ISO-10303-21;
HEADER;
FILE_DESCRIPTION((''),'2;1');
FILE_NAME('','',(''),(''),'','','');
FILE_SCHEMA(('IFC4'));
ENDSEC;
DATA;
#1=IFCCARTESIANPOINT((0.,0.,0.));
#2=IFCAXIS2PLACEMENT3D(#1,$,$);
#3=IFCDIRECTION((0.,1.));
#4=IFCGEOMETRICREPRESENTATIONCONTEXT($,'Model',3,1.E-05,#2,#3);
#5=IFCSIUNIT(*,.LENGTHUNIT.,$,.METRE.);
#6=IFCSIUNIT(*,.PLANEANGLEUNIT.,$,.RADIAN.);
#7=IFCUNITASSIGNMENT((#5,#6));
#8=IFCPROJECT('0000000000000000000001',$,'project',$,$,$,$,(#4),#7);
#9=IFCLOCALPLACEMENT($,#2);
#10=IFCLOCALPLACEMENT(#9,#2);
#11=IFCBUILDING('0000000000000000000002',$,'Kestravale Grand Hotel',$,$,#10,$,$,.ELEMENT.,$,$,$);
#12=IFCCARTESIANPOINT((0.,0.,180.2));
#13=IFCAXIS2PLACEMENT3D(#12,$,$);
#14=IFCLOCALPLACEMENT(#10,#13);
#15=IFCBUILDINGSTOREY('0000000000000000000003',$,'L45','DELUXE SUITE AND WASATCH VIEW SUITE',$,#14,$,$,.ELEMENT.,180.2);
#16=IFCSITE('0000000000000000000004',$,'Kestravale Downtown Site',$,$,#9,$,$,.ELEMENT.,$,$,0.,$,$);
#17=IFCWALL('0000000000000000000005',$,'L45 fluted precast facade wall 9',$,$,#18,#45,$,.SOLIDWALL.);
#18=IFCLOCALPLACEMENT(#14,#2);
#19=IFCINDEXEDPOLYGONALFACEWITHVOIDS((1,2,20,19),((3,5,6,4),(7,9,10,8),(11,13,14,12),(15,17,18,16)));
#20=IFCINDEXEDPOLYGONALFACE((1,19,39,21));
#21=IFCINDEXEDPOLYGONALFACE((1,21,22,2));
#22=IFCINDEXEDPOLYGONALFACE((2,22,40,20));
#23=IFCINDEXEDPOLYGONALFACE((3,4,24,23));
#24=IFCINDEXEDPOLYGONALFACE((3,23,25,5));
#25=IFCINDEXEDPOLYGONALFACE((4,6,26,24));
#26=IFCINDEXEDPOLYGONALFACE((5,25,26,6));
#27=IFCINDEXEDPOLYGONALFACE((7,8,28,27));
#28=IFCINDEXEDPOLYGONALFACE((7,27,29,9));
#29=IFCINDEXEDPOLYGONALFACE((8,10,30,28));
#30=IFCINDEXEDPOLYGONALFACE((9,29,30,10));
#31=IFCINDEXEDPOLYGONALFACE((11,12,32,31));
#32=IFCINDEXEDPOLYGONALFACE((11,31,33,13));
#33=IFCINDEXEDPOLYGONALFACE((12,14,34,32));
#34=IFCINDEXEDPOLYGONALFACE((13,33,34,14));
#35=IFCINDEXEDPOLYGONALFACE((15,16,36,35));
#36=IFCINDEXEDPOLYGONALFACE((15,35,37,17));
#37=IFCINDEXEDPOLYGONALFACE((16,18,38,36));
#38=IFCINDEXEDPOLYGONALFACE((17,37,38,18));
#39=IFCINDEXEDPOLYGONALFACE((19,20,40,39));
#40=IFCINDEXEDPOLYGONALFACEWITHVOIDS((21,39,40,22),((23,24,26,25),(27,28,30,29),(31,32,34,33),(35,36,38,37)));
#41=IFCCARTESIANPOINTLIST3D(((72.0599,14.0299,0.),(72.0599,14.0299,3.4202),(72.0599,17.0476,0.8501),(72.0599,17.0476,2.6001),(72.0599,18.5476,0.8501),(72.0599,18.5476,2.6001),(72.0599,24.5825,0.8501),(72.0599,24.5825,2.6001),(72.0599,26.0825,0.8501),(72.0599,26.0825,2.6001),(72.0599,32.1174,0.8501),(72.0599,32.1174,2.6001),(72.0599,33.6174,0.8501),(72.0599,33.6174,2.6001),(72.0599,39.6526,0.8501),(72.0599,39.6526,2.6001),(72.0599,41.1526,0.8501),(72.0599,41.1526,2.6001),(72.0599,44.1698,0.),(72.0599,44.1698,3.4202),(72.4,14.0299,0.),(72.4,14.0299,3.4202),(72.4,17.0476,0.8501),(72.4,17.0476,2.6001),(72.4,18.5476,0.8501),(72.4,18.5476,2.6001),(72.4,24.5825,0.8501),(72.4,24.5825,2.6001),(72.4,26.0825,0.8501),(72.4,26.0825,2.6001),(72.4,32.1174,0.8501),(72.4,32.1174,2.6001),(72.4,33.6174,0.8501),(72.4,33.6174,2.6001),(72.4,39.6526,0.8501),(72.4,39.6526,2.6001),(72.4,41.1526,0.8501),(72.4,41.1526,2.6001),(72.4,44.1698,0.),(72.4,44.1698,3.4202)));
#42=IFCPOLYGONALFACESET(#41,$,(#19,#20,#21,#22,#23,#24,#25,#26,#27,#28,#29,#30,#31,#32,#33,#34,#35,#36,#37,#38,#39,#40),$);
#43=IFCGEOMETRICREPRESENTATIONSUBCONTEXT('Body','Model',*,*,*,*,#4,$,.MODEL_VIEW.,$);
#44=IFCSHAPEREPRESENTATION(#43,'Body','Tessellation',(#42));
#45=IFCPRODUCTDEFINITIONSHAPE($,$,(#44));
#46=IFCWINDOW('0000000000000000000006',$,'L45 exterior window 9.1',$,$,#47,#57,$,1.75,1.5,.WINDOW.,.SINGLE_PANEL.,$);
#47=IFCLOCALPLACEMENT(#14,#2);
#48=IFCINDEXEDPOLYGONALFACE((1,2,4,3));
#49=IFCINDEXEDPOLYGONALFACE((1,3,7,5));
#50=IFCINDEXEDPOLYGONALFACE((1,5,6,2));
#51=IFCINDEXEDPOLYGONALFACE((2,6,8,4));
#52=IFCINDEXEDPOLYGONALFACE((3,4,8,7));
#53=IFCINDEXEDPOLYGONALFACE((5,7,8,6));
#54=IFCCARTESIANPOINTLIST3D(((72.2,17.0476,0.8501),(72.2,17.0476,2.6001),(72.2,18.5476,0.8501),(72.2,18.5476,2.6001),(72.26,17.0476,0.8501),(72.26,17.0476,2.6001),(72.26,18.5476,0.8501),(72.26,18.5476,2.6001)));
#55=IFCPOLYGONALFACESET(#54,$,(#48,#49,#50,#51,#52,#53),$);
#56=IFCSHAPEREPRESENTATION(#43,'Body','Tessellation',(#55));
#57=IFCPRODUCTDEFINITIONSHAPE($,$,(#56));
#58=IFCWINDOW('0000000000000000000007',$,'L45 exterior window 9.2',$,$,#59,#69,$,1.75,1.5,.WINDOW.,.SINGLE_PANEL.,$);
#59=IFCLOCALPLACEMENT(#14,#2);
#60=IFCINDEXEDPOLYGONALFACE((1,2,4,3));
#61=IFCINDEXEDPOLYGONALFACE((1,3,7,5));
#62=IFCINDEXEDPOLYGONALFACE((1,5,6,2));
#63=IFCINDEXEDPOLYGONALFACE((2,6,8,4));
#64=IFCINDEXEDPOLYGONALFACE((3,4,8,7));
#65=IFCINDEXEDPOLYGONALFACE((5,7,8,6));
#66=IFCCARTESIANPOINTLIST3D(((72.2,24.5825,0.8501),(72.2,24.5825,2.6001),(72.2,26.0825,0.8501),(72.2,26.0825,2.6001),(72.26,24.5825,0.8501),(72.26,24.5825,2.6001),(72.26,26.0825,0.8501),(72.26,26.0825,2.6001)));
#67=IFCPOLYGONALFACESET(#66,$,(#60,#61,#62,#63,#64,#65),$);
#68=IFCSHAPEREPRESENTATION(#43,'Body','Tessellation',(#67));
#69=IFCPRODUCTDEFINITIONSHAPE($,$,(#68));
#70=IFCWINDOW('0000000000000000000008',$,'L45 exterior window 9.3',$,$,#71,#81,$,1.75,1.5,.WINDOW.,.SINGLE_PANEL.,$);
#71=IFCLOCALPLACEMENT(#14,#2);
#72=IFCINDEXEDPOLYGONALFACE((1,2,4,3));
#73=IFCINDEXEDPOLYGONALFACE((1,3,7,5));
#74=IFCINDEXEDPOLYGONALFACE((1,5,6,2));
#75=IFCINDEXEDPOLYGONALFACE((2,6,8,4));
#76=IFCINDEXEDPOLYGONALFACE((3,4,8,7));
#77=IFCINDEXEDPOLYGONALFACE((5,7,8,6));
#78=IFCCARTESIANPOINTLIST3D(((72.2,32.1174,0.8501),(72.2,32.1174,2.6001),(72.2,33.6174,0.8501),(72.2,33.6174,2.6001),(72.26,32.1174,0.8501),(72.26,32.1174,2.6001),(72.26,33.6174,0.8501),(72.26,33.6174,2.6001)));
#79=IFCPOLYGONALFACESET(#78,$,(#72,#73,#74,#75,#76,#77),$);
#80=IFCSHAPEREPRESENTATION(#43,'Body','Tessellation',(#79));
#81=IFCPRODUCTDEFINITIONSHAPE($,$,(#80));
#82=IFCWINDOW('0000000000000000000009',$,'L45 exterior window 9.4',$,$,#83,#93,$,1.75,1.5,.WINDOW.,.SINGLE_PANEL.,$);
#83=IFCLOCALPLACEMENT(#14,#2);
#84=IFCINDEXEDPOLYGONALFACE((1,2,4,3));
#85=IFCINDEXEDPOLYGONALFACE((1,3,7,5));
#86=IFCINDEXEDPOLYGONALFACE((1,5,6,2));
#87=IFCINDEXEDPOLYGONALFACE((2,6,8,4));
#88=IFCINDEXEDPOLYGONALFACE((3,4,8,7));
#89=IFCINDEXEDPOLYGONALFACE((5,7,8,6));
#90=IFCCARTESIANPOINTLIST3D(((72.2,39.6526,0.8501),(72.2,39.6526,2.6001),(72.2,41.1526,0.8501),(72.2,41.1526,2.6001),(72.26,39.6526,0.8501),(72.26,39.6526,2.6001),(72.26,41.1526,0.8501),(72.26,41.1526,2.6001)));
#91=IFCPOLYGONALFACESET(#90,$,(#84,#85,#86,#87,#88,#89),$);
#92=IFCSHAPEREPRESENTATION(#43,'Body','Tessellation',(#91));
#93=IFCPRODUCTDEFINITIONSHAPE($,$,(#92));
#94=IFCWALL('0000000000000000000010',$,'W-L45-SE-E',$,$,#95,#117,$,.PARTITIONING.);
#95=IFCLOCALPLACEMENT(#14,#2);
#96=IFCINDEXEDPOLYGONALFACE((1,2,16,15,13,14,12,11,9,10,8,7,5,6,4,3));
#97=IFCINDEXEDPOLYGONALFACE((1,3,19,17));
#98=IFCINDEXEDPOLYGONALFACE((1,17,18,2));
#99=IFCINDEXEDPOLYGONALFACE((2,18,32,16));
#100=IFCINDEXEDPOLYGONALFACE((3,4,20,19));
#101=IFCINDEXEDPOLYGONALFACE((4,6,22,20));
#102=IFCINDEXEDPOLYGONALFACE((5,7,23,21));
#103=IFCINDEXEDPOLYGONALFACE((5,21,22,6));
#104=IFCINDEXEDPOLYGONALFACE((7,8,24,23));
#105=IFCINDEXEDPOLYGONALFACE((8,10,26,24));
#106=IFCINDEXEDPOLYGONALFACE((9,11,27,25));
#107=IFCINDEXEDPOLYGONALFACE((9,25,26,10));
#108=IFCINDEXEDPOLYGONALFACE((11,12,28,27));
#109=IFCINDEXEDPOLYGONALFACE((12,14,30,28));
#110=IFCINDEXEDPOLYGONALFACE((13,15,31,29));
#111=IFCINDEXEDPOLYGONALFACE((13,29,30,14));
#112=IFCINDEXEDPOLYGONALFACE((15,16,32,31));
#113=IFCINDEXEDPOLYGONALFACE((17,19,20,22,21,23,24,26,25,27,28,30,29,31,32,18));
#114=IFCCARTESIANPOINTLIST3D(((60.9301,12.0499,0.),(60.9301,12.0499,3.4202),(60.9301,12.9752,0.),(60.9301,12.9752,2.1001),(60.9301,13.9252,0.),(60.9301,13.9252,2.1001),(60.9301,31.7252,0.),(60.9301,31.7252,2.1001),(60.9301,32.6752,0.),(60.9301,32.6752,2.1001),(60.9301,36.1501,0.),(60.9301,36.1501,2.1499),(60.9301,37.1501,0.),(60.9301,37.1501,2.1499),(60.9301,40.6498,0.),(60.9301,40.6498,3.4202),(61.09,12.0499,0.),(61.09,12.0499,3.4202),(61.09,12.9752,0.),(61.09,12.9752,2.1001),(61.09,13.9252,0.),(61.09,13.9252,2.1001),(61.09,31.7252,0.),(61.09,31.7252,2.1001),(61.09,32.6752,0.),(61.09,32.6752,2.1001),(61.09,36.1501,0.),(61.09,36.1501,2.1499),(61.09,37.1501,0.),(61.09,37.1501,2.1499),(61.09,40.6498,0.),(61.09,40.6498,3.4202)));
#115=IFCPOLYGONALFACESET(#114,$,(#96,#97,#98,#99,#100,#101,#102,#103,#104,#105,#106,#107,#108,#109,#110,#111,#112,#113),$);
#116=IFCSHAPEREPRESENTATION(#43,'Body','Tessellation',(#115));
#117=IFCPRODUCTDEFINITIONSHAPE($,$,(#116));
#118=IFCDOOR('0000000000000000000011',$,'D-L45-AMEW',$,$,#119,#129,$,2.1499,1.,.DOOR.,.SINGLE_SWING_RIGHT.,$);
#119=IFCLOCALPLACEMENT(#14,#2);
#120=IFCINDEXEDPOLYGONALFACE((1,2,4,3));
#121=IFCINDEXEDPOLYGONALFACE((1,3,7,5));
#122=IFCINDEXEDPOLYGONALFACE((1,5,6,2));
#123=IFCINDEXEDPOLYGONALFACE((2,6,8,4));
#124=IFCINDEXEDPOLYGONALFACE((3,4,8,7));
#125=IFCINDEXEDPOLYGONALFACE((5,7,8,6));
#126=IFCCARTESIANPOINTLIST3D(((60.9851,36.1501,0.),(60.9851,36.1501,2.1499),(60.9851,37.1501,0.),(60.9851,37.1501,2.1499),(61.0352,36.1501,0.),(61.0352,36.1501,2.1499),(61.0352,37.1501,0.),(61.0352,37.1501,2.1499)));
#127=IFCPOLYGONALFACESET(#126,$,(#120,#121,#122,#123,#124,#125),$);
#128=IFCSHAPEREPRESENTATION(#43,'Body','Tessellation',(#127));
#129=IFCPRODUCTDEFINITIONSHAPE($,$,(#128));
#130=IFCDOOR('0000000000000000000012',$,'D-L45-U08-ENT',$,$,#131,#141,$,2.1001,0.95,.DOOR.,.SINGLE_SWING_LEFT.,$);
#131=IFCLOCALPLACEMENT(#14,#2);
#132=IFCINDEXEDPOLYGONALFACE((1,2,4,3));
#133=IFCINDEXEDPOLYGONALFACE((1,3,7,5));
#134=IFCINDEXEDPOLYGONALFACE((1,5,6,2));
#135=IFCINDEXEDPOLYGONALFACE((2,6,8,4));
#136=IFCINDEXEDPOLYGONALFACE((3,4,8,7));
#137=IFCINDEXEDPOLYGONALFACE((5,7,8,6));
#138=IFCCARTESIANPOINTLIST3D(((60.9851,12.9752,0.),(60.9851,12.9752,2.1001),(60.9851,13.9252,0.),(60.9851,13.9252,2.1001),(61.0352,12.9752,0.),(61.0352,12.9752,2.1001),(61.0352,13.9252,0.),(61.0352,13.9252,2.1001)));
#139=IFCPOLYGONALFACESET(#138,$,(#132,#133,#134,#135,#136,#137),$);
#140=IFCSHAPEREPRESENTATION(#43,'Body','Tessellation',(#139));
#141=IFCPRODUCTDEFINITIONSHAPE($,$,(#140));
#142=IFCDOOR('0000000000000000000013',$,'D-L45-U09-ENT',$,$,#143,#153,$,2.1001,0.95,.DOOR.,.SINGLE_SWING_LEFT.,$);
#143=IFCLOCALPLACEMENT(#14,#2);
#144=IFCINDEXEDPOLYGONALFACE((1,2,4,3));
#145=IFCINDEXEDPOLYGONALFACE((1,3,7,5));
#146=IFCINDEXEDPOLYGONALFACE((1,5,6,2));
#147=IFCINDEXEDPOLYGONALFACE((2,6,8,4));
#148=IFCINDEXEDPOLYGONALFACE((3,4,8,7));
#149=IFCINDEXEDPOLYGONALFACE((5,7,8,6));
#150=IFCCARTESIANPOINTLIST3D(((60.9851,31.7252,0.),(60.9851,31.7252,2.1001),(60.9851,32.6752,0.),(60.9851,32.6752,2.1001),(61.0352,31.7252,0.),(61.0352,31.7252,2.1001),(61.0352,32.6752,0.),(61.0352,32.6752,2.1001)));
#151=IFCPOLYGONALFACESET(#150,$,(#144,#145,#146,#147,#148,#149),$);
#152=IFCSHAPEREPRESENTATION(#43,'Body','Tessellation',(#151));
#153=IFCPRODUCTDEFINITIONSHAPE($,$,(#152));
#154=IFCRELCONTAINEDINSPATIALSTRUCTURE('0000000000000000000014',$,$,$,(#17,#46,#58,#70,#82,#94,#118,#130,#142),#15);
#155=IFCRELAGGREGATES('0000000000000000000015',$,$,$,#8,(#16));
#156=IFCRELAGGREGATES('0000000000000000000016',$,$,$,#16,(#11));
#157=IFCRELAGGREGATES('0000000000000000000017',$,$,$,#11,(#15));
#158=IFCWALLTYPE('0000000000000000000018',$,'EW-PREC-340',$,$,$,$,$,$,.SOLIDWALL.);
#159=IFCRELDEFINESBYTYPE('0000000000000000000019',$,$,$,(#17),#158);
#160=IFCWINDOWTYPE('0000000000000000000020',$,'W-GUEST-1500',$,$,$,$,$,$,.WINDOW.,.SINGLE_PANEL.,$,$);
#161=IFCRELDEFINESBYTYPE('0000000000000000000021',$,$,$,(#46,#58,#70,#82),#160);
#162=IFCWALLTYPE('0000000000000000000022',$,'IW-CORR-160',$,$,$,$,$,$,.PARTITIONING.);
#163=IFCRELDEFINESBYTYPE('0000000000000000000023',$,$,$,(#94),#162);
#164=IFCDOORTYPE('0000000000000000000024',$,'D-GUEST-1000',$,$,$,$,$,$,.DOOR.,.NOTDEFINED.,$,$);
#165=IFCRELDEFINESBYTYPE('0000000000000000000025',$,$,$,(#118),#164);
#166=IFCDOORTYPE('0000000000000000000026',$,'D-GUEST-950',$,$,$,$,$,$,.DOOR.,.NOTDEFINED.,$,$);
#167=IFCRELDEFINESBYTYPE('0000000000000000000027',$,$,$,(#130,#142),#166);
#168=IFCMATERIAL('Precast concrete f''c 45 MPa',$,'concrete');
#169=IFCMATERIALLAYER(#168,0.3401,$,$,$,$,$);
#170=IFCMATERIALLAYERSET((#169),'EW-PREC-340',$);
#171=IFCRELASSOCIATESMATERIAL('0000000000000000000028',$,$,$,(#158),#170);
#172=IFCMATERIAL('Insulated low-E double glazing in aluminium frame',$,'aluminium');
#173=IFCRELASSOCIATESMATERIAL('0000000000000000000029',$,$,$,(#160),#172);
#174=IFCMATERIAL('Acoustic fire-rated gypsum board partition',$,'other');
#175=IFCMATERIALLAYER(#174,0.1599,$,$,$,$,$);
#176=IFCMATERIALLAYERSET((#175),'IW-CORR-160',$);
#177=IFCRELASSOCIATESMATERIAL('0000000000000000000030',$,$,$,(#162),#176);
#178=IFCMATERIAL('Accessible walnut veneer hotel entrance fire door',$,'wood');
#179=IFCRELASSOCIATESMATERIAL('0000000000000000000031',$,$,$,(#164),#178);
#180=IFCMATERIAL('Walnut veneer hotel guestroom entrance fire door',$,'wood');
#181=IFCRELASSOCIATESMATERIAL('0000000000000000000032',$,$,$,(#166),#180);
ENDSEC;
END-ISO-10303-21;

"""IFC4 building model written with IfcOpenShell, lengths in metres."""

from ifc_helpers import new_model, si_unit, direction, frame, frame_2d, origin, place, context, subcontext, project, spatial, rectangle, extrude, material, layer, layer_set, type_object, element, fill, save


model = new_model("IFC4")

# Units and contexts
model_context = context("Model", 3, precision=1e-05, world=origin(), true_north=direction((0.0, 1.0)))
body_context = subcontext(model_context, "Body", "Model", "MODEL_VIEW")
ifc_project = project(units=[si_unit("LENGTHUNIT", "METRE"), si_unit("PLANEANGLEUNIT", "RADIAN")], contexts=[model_context])

# Site, building, storey
site_placement = place(None, origin())
site = spatial("IfcSite", under=ifc_project, at=site_placement, Name="Kestravale Downtown Site", CompositionType="ELEMENT", RefElevation=0.0)
building_placement = place(site_placement, origin())
building = spatial("IfcBuilding", under=site, at=building_placement, Name="Kestravale Grand Hotel", CompositionType="ELEMENT")
storey_placement = place(building_placement, frame((0.0, 0.0, 180.2)))
storey = spatial("IfcBuildingStorey", under=building, at=storey_placement, Name="L45", Description="DELUXE SUITE AND WASATCH VIEW SUITE", CompositionType="ELEMENT", Elevation=180.2)

# Shared definitions
ifc_material_1 = material(Name="Precast concrete f'c 45 MPa", Category="concrete")
ifc_layer_1 = layer(ifc_material_1, 0.3401)
ifc_layer_set_1 = layer_set([ifc_layer_1], Name="EW-PREC-340")
wall_type_1 = type_object("IfcWallType", Name="EW-PREC-340", PredefinedType="SOLIDWALL", material=ifc_layer_set_1)
ifc_material_2 = material(Name="Insulated low-E double glazing in aluminium frame", Category="aluminium")
window_type = type_object("IfcWindowType", Name="W-GUEST-1500", PartitioningType="SINGLE_PANEL", PredefinedType="WINDOW", material=ifc_material_2)

# Wall, openings, windows
wall_1_placement = place(storey_placement, frame((72.23, 14.03, 0.0), z_axis=(0.0, 0.0, 1.0), x_axis=(0.0, 1.0, 0.0)))
wall_1 = element("IfcWall", 1, at=wall_1_placement, inside=storey, type_object=wall_type_1, Name="L45 fluted precast facade wall 9", PredefinedType="SOLIDWALL", context=body_context, shape_type="SweptSolid", body=[
    extrude(rectangle(XDim=30.1399, YDim=0.3401, at=frame_2d((15.0698, 0.0))), origin(), (0.0, 0.0, 1.0), 3.4202),
])
opening_1_placement = place(wall_1_placement, frame((3.0176, 0.0, 0.8501)))
opening_1 = element("IfcOpeningElement", 2, at=opening_1_placement, cuts=wall_1, PredefinedType="OPENING", context=body_context, shape_type="SweptSolid", body=[
    extrude(rectangle(XDim=1.5, YDim=1.75, at=frame_2d((0.75, 0.875))), frame((0.0, 0.1799, 0.0), z_axis=(0.0, -1.0, 0.0), x_axis=(1.0, 0.0, 0.0)), (0.0, 0.0, 1.0), 0.3601),
])
opening_2_placement = place(wall_1_placement, frame((10.5525, 0.0, 0.8501)))
opening_2 = element("IfcOpeningElement", 3, at=opening_2_placement, cuts=wall_1, PredefinedType="OPENING", context=body_context, shape_type="SweptSolid", body=[
    extrude(rectangle(XDim=1.5, YDim=1.75, at=frame_2d((0.75, 0.875))), frame((0.0, 0.1799, 0.0), z_axis=(0.0, -1.0, 0.0), x_axis=(1.0, 0.0, 0.0)), (0.0, 0.0, 1.0), 0.3601),
])
opening_3_placement = place(wall_1_placement, frame((18.0874, 0.0, 0.8501)))
opening_3 = element("IfcOpeningElement", 4, at=opening_3_placement, cuts=wall_1, PredefinedType="OPENING", context=body_context, shape_type="SweptSolid", body=[
    extrude(rectangle(XDim=1.5, YDim=1.75, at=frame_2d((0.75, 0.875))), frame((0.0, 0.1799, 0.0), z_axis=(0.0, -1.0, 0.0), x_axis=(1.0, 0.0, 0.0)), (0.0, 0.0, 1.0), 0.3601),
])
opening_4_placement = place(wall_1_placement, frame((25.6226, 0.0, 0.8501)))
opening_4 = element("IfcOpeningElement", 5, at=opening_4_placement, cuts=wall_1, PredefinedType="OPENING", context=body_context, shape_type="SweptSolid", body=[
    extrude(rectangle(XDim=1.5, YDim=1.75, at=frame_2d((0.75, 0.875))), frame((0.0, 0.1799, 0.0), z_axis=(0.0, -1.0, 0.0), x_axis=(1.0, 0.0, 0.0)), (0.0, 0.0, 1.0), 0.3601),
])
window_1_placement = place(opening_1_placement, origin())
window_1 = element("IfcWindow", 6, at=window_1_placement, inside=storey, type_object=window_type, Name="L45 exterior window 9.1", OverallHeight=1.75, OverallWidth=1.5, PartitioningType="SINGLE_PANEL", PredefinedType="WINDOW", context=body_context, shape_type="SweptSolid", body=[
    extrude(rectangle(XDim=1.5, YDim=1.75, at=frame_2d((0.75, 0.875))), frame((0.0, 0.03, 0.0), z_axis=(0.0, -1.0, 0.0), x_axis=(1.0, 0.0, 0.0)), (0.0, 0.0, 1.0), 0.0601),
])
fill(opening_1, window_1)
window_2_placement = place(opening_2_placement, origin())
window_2 = element("IfcWindow", 7, at=window_2_placement, inside=storey, type_object=window_type, Name="L45 exterior window 9.2", OverallHeight=1.75, OverallWidth=1.5, PartitioningType="SINGLE_PANEL", PredefinedType="WINDOW", context=body_context, shape_type="SweptSolid", body=[
    extrude(rectangle(XDim=1.5, YDim=1.75, at=frame_2d((0.75, 0.875))), frame((0.0, 0.03, 0.0), z_axis=(0.0, -1.0, 0.0), x_axis=(1.0, 0.0, 0.0)), (0.0, 0.0, 1.0), 0.0601),
])
fill(opening_2, window_2)
window_3_placement = place(opening_3_placement, origin())
window_3 = element("IfcWindow", 8, at=window_3_placement, inside=storey, type_object=window_type, Name="L45 exterior window 9.3", OverallHeight=1.75, OverallWidth=1.5, PartitioningType="SINGLE_PANEL", PredefinedType="WINDOW", context=body_context, shape_type="SweptSolid", body=[
    extrude(rectangle(XDim=1.5, YDim=1.75, at=frame_2d((0.75, 0.875))), frame((0.0, 0.03, 0.0), z_axis=(0.0, -1.0, 0.0), x_axis=(1.0, 0.0, 0.0)), (0.0, 0.0, 1.0), 0.0601),
])
fill(opening_3, window_3)
window_4_placement = place(opening_4_placement, origin())
window_4 = element("IfcWindow", 9, at=window_4_placement, inside=storey, type_object=window_type, Name="L45 exterior window 9.4", OverallHeight=1.75, OverallWidth=1.5, PartitioningType="SINGLE_PANEL", PredefinedType="WINDOW", context=body_context, shape_type="SweptSolid", body=[
    extrude(rectangle(XDim=1.5, YDim=1.75, at=frame_2d((0.75, 0.875))), frame((0.0, 0.03, 0.0), z_axis=(0.0, -1.0, 0.0), x_axis=(1.0, 0.0, 0.0)), (0.0, 0.0, 1.0), 0.0601),
])
fill(opening_4, window_4)

# Wall, openings, doors
ifc_material_3 = material(Name="Acoustic fire-rated gypsum board partition", Category="other")
ifc_layer_2 = layer(ifc_material_3, 0.1599)
ifc_layer_set_2 = layer_set([ifc_layer_2], Name="IW-CORR-160")
wall_type_2 = type_object("IfcWallType", Name="IW-CORR-160", PredefinedType="PARTITIONING", material=ifc_layer_set_2)
wall_2_placement = place(storey_placement, frame((61.01, 12.05, 0.0), z_axis=(0.0, 0.0, 1.0), x_axis=(0.0, 1.0, 0.0)))
wall_2 = element("IfcWall", 10, at=wall_2_placement, inside=storey, type_object=wall_type_2, Name="W-L45-SE-E", PredefinedType="PARTITIONING", context=body_context, shape_type="SweptSolid", body=[
    extrude(rectangle(XDim=28.5999, YDim=0.1599, at=frame_2d((14.2998, 0.0))), origin(), (0.0, 0.0, 1.0), 3.4202),
])
opening_5_placement = place(wall_2_placement, frame((0.925, 0.0, 0.0)))
opening_5 = element("IfcOpeningElement", 11, at=opening_5_placement, cuts=wall_2, PredefinedType="OPENING", context=body_context, shape_type="SweptSolid", body=[
    extrude(rectangle(XDim=0.95, YDim=2.1001, at=frame_2d((0.4751, 1.05))), frame((0.0, 0.0898, 0.0), z_axis=(0.0, -1.0, 0.0), x_axis=(1.0, 0.0, 0.0)), (0.0, 0.0, 1.0), 0.1799),
])
opening_6_placement = place(wall_2_placement, frame((19.675, 0.0, 0.0)))
opening_6 = element("IfcOpeningElement", 12, at=opening_6_placement, cuts=wall_2, PredefinedType="OPENING", context=body_context, shape_type="SweptSolid", body=[
    extrude(rectangle(XDim=0.95, YDim=2.1001, at=frame_2d((0.4751, 1.05))), frame((0.0, 0.0898, 0.0), z_axis=(0.0, -1.0, 0.0), x_axis=(1.0, 0.0, 0.0)), (0.0, 0.0, 1.0), 0.1799),
])
opening_7_placement = place(wall_2_placement, frame((24.1001, 0.0, 0.0)))
opening_7 = element("IfcOpeningElement", 13, at=opening_7_placement, cuts=wall_2, PredefinedType="OPENING", context=body_context, shape_type="SweptSolid", body=[
    extrude(rectangle(XDim=1.0, YDim=2.1499, at=frame_2d((0.5, 1.075))), frame((0.0, 0.0898, 0.0), z_axis=(0.0, -1.0, 0.0), x_axis=(1.0, 0.0, 0.0)), (0.0, 0.0, 1.0), 0.1799),
])
ifc_material_4 = material(Name="Accessible walnut veneer hotel entrance fire door", Category="wood")
door_type_1 = type_object("IfcDoorType", Name="D-GUEST-1000", OperationType="NOTDEFINED", PredefinedType="DOOR", material=ifc_material_4)
door_1_placement = place(opening_7_placement, origin())
door_1 = element("IfcDoor", 14, at=door_1_placement, inside=storey, type_object=door_type_1, Name="D-L45-AMEW", OperationType="SINGLE_SWING_RIGHT", OverallHeight=2.1499, OverallWidth=1.0, PredefinedType="DOOR", context=body_context, shape_type="SweptSolid", body=[
    extrude(rectangle(XDim=1.0, YDim=2.1499, at=frame_2d((0.5, 1.075))), frame((0.0, 0.0249, 0.0), z_axis=(0.0, -1.0, 0.0), x_axis=(1.0, 0.0, 0.0)), (0.0, 0.0, 1.0), 0.05),
])
fill(opening_7, door_1)
ifc_material_5 = material(Name="Walnut veneer hotel guestroom entrance fire door", Category="wood")
door_type_2 = type_object("IfcDoorType", Name="D-GUEST-950", OperationType="NOTDEFINED", PredefinedType="DOOR", material=ifc_material_5)
door_2_placement = place(opening_5_placement, origin())
door_2 = element("IfcDoor", 15, at=door_2_placement, inside=storey, type_object=door_type_2, Name="D-L45-U08-ENT", OperationType="SINGLE_SWING_LEFT", OverallHeight=2.1001, OverallWidth=0.95, PredefinedType="DOOR", context=body_context, shape_type="SweptSolid", body=[
    extrude(rectangle(XDim=0.95, YDim=2.1001, at=frame_2d((0.4751, 1.05))), frame((0.0, 0.0249, 0.0), z_axis=(0.0, -1.0, 0.0), x_axis=(1.0, 0.0, 0.0)), (0.0, 0.0, 1.0), 0.05),
])
fill(opening_5, door_2)
door_3_placement = place(opening_6_placement, origin())
door_3 = element("IfcDoor", 16, at=door_3_placement, inside=storey, type_object=door_type_2, Name="D-L45-U09-ENT", OperationType="SINGLE_SWING_LEFT", OverallHeight=2.1001, OverallWidth=0.95, PredefinedType="DOOR", context=body_context, shape_type="SweptSolid", body=[
    extrude(rectangle(XDim=0.95, YDim=2.1001, at=frame_2d((0.4751, 1.05))), frame((0.0, 0.0249, 0.0), z_axis=(0.0, -1.0, 0.0), x_axis=(1.0, 0.0, 0.0)), (0.0, 0.0, 1.0), 0.05),
])
fill(opening_6, door_3)

save(model, "model.ifc")
